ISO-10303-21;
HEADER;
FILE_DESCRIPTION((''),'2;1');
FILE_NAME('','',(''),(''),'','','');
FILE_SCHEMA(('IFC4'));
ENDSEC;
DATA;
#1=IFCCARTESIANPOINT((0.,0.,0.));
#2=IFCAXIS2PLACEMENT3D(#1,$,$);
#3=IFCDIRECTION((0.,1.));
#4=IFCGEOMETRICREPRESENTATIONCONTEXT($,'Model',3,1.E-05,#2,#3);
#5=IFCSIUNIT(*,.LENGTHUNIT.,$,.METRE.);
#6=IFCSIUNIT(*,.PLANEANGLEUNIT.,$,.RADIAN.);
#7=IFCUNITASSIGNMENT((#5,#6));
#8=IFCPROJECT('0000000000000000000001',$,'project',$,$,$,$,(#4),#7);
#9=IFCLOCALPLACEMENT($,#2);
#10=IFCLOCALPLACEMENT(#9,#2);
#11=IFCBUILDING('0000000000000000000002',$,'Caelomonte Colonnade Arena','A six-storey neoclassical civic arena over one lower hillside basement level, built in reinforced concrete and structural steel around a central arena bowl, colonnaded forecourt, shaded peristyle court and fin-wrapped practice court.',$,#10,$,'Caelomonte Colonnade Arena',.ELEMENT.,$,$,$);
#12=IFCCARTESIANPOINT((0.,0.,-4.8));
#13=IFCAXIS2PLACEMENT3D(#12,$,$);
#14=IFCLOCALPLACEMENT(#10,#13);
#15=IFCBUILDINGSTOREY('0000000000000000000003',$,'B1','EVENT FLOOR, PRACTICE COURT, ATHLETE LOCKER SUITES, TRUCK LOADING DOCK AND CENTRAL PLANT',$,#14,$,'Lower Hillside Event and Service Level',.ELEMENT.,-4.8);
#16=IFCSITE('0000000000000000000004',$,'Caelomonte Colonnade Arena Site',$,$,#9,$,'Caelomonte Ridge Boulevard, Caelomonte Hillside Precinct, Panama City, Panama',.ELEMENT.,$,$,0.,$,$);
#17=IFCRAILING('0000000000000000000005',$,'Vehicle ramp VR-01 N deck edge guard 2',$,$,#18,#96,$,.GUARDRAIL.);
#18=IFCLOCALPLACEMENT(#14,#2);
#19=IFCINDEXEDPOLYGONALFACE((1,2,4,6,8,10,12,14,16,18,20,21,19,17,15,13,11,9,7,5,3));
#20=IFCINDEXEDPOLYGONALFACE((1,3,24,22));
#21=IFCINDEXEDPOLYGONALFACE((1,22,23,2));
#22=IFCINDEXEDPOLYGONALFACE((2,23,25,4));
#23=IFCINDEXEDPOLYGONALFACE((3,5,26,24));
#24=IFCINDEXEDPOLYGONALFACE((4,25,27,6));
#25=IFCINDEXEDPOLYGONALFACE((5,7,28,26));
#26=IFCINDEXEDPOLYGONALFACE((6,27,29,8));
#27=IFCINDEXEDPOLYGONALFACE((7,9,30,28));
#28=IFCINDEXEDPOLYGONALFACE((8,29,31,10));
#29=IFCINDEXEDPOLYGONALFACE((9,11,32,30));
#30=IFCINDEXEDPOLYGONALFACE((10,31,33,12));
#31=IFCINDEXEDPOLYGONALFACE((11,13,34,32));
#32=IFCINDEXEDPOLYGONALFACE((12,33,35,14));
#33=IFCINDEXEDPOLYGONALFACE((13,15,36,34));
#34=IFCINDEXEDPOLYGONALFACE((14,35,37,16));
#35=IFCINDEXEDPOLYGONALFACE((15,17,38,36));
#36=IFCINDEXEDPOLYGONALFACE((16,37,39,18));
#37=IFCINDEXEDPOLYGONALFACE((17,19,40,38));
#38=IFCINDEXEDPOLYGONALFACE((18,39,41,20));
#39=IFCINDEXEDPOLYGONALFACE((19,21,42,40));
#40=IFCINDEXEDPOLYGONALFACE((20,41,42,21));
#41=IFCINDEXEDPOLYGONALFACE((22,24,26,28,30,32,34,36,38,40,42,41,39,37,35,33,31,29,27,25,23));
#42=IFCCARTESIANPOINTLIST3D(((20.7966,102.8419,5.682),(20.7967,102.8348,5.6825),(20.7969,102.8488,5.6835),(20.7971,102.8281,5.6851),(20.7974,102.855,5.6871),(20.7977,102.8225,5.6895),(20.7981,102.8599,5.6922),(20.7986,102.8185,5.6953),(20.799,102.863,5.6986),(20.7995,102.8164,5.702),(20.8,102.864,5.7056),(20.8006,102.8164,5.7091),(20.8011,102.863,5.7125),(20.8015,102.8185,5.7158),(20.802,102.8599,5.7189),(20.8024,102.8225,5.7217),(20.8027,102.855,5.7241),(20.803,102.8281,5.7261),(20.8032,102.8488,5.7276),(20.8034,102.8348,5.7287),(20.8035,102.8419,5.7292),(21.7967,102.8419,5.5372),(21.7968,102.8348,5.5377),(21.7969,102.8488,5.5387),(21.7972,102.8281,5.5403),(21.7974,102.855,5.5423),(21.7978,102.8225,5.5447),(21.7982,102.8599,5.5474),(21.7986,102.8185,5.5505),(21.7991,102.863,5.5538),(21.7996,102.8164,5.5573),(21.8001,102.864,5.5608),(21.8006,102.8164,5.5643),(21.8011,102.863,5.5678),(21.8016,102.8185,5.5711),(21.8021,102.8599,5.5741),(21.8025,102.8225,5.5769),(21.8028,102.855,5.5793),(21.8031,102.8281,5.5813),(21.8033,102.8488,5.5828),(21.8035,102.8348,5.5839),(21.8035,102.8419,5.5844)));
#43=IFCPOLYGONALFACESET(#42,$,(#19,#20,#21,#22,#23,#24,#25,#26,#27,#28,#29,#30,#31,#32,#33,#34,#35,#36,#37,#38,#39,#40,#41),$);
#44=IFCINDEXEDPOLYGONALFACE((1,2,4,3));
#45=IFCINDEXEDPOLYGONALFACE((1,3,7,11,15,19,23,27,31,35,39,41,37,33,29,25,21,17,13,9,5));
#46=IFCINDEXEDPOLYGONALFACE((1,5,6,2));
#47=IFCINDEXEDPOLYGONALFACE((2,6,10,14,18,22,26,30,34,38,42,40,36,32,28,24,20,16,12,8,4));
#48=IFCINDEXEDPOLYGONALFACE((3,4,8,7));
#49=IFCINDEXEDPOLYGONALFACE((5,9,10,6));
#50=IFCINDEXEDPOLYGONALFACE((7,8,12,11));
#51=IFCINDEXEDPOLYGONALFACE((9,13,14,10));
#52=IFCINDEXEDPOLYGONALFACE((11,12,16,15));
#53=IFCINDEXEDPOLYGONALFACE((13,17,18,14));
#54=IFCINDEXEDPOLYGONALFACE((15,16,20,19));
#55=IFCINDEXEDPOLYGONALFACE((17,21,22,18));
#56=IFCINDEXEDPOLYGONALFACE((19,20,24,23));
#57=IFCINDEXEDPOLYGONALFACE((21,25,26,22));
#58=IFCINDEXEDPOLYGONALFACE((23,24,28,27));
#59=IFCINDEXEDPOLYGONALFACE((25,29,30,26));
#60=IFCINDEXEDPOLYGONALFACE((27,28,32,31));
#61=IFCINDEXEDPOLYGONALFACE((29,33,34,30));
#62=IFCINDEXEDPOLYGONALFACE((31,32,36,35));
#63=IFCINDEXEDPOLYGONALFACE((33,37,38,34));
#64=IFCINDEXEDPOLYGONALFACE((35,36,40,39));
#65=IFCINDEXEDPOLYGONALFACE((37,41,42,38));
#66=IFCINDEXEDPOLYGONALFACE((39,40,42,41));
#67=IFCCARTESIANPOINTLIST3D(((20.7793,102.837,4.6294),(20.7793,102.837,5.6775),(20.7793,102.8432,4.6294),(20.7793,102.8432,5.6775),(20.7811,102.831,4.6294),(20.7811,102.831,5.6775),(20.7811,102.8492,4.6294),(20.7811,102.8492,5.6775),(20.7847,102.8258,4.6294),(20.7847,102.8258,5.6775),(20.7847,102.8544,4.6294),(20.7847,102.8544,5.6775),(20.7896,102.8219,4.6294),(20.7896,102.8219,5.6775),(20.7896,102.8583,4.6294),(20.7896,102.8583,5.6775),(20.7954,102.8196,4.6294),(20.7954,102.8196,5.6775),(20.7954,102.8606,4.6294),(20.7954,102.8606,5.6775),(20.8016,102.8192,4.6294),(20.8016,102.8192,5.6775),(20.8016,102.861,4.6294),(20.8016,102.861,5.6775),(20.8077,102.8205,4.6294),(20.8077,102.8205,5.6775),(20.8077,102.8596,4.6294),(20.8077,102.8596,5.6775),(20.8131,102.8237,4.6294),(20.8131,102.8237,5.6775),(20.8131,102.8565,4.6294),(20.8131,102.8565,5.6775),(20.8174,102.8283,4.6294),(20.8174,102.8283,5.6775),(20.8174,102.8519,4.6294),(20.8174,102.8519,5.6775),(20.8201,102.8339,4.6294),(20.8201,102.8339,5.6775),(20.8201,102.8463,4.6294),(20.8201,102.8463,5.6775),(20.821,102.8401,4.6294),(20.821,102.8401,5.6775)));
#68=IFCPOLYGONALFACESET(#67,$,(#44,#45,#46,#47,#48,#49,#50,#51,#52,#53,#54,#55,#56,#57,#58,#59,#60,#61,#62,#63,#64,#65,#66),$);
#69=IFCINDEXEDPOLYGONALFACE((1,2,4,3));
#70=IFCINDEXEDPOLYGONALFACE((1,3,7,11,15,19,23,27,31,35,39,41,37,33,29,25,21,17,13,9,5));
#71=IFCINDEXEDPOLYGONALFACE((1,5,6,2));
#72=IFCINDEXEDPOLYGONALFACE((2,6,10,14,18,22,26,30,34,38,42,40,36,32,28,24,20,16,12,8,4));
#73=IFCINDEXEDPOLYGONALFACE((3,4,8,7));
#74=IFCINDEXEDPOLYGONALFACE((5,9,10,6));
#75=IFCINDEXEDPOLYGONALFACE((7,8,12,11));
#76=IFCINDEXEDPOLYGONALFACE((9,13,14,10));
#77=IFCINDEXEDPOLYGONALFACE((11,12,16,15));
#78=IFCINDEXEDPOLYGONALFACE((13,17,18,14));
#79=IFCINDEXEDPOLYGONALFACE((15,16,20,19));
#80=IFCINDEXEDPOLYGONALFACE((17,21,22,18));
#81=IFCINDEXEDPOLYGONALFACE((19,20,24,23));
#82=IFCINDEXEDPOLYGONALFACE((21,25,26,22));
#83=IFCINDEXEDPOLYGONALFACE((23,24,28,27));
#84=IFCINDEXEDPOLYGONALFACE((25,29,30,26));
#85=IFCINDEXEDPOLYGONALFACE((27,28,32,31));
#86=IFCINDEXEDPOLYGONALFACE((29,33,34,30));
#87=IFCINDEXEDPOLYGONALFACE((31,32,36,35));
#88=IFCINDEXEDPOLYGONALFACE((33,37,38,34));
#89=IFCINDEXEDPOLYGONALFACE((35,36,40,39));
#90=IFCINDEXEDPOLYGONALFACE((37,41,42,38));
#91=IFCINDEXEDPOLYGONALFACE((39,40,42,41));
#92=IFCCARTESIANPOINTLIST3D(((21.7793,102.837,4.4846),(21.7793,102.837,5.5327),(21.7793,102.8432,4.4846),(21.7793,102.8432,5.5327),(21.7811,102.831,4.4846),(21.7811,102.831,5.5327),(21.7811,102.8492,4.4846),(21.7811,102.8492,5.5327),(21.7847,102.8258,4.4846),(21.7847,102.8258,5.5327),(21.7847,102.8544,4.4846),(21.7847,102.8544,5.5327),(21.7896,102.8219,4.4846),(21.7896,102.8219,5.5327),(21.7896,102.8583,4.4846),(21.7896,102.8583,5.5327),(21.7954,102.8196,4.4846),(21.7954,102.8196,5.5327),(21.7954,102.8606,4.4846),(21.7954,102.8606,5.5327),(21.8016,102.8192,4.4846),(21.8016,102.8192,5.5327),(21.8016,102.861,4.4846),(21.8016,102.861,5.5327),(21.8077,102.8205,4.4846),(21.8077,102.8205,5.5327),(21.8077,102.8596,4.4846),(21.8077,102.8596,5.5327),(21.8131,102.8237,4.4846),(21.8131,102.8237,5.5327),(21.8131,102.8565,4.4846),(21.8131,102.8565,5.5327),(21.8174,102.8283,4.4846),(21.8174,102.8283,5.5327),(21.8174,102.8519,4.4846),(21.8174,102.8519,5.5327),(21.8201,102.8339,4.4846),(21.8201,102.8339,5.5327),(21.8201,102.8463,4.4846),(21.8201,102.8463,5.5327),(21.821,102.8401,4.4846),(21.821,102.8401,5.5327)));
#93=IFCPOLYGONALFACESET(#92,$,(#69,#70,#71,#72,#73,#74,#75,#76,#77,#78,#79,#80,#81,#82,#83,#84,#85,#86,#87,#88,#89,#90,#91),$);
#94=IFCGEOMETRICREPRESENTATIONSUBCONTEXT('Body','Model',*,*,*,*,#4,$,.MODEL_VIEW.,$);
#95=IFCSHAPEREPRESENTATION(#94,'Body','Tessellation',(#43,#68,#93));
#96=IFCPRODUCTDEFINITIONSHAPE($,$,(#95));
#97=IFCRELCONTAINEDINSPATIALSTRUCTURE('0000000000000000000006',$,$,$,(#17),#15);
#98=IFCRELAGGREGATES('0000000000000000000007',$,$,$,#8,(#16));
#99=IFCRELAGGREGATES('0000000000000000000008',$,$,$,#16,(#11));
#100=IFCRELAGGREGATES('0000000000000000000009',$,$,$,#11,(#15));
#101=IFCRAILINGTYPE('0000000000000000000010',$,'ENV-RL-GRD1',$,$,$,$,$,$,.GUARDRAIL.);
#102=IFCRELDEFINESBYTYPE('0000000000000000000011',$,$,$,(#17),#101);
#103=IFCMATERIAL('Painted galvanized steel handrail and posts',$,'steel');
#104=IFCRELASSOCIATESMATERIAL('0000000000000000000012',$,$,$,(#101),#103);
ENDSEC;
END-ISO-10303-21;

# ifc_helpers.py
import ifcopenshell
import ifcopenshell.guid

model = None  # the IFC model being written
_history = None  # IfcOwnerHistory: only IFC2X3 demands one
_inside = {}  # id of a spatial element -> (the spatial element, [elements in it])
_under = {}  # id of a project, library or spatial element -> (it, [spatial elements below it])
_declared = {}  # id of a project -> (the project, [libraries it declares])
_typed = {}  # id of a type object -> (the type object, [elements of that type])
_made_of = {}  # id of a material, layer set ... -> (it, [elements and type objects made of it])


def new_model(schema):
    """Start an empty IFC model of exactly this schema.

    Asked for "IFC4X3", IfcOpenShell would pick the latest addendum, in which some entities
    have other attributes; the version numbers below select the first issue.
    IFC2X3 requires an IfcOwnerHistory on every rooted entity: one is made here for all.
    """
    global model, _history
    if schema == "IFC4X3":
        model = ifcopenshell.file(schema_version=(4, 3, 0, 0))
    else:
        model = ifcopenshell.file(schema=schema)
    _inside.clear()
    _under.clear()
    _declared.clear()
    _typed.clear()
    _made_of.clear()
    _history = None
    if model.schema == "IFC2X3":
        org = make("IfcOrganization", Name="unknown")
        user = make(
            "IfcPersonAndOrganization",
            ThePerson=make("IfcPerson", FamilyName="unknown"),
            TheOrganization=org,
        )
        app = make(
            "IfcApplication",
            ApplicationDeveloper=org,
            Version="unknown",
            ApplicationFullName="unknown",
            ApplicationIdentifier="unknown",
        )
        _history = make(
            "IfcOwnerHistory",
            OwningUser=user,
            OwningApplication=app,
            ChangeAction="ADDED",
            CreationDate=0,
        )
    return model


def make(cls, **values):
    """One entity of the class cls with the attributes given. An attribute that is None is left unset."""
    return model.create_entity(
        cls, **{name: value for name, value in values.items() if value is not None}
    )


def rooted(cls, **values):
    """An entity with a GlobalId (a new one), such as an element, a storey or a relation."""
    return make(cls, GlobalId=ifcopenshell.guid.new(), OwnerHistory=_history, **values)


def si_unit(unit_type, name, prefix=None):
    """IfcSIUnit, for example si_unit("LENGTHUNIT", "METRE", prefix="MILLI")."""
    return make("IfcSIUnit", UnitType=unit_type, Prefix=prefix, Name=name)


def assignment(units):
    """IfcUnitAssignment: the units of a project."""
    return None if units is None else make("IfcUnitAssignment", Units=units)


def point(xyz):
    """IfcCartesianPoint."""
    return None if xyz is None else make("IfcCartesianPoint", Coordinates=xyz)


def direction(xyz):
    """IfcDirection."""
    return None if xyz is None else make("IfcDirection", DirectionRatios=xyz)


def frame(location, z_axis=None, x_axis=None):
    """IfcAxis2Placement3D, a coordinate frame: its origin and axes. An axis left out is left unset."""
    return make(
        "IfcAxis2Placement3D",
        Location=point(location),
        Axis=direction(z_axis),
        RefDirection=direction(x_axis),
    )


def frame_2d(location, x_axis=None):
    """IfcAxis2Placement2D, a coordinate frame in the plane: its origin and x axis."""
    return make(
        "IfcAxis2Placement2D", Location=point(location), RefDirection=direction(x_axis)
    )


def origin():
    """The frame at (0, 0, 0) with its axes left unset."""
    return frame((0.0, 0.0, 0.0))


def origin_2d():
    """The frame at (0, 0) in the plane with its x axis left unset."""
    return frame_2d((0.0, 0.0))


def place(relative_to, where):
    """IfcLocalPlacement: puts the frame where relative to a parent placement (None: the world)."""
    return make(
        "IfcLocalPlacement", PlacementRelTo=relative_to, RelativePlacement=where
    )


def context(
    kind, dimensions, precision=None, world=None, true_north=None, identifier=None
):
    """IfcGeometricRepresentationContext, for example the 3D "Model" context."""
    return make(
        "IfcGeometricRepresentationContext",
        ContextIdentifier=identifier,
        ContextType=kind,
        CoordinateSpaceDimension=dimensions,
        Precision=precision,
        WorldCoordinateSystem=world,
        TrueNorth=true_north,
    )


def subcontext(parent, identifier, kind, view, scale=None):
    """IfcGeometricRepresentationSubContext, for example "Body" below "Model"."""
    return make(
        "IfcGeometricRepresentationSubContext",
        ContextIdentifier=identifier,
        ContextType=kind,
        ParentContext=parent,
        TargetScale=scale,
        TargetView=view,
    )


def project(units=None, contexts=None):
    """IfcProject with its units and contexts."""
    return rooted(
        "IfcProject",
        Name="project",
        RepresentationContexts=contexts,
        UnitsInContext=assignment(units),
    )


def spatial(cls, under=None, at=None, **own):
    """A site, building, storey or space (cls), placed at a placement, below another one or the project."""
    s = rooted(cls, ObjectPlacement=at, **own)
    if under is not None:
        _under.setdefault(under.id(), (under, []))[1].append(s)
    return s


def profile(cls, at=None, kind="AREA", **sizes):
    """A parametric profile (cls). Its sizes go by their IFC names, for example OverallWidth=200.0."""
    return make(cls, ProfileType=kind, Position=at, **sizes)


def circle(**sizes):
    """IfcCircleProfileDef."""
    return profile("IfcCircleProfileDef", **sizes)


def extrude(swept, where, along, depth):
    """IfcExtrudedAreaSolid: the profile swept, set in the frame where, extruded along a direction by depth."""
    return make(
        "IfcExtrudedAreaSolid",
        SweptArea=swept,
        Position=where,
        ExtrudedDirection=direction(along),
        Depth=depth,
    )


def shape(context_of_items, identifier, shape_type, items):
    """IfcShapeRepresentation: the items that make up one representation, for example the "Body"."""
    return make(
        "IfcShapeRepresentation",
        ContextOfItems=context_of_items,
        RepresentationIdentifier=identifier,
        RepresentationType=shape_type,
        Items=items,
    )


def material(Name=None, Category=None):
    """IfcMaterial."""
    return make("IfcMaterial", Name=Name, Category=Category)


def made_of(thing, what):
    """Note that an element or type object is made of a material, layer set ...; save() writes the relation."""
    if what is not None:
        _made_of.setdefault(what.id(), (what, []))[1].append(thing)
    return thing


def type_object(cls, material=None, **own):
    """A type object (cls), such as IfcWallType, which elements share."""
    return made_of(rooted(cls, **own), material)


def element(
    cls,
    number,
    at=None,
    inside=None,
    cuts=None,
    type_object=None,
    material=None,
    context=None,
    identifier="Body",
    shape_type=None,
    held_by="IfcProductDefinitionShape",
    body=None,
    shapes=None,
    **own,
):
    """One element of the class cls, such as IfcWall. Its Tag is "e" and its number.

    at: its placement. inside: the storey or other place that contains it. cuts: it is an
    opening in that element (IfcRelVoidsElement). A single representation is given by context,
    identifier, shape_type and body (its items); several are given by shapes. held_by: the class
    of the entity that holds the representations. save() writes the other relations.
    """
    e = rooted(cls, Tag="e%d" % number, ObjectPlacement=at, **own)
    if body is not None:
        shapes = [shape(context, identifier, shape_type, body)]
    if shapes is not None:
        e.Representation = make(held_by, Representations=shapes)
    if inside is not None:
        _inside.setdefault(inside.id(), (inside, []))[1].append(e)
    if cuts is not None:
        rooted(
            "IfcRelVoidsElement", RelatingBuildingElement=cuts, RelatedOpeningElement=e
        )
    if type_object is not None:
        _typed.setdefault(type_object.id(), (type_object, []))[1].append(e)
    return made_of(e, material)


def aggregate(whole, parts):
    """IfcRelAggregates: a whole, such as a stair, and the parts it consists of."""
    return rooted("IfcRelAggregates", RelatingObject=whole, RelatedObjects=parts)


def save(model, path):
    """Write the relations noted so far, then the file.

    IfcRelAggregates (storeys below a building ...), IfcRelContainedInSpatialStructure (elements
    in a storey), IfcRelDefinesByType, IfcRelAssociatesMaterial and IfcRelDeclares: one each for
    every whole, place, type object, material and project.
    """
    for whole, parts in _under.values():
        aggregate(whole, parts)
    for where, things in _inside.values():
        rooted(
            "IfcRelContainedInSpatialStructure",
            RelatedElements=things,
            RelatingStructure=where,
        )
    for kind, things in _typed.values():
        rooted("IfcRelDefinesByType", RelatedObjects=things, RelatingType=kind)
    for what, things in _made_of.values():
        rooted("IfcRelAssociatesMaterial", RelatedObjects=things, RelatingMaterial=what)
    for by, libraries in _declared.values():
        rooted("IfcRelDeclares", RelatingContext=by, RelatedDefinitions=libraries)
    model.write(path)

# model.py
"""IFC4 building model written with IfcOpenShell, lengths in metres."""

from ifc_helpers import new_model, si_unit, direction, frame, origin, origin_2d, place, context, subcontext, project, spatial, circle, extrude, material, type_object, element, save


model = new_model("IFC4")

# Units and contexts
model_context = context("Model", 3, precision=1e-05, world=origin(), true_north=direction((0.0, 1.0)))
body_context = subcontext(model_context, "Body", "Model", "MODEL_VIEW")
ifc_project = project(units=[si_unit("LENGTHUNIT", "METRE"), si_unit("PLANEANGLEUNIT", "RADIAN")], contexts=[model_context])

# Site, building, storey
site_placement = place(None, origin())
site = spatial("IfcSite", under=ifc_project, at=site_placement, Name="Caelomonte Colonnade Arena Site", LongName="Caelomonte Ridge Boulevard, Caelomonte Hillside Precinct, Panama City, Panama", CompositionType="ELEMENT", RefElevation=0.0)
building_placement = place(site_placement, origin())
building = spatial("IfcBuilding", under=site, at=building_placement, Name="Caelomonte Colonnade Arena", Description="A six-storey neoclassical civic arena over one lower hillside basement level, built in reinforced concrete and structural steel around a central arena bowl, colonnaded forecourt, shaded peristyle court and fin-wrapped practice court.", LongName="Caelomonte Colonnade Arena", CompositionType="ELEMENT")
storey_placement = place(building_placement, frame((0.0, 0.0, -4.8)))
storey = spatial("IfcBuildingStorey", under=building, at=storey_placement, Name="B1", Description="EVENT FLOOR, PRACTICE COURT, ATHLETE LOCKER SUITES, TRUCK LOADING DOCK AND CENTRAL PLANT", LongName="Lower Hillside Event and Service Level", CompositionType="ELEMENT", Elevation=-4.8)

# Railing
ifc_material_1 = material(Name="Painted galvanized steel handrail and posts", Category="steel")
railing_type = type_object("IfcRailingType", Name="ENV-RL-GRD1", PredefinedType="GUARDRAIL", material=ifc_material_1)
for number, where, name in (
    (1, (20.8, 102.8401, 4.6294), "Vehicle ramp VR-01 N deck edge guard 2"),
):
    element("IfcRailing", number, at=place(storey_placement, frame(where)), inside=storey, type_object=railing_type, Name=name, PredefinedType="GUARDRAIL", context=body_context, shape_type="SweptSolid", body=[
        extrude(circle(Radius=0.0239, at=origin_2d()), frame((0.0, 0.0, 1.0762), z_axis=(0.989682, 0.0, -0.143282), x_axis=(0.0, 1.0, 0.0)), (0.0, 0.0, 1.0), 1.0105),
        extrude(circle(Radius=0.021, at=origin_2d()), origin(), (0.0, 0.0, 1.0), 1.0481),
        extrude(circle(Radius=0.021, at=origin_2d()), frame((1.0, 0.0, -0.1448)), (0.0, 0.0, 1.0), 1.0481),
    ])

save(model, "model.ifc")
